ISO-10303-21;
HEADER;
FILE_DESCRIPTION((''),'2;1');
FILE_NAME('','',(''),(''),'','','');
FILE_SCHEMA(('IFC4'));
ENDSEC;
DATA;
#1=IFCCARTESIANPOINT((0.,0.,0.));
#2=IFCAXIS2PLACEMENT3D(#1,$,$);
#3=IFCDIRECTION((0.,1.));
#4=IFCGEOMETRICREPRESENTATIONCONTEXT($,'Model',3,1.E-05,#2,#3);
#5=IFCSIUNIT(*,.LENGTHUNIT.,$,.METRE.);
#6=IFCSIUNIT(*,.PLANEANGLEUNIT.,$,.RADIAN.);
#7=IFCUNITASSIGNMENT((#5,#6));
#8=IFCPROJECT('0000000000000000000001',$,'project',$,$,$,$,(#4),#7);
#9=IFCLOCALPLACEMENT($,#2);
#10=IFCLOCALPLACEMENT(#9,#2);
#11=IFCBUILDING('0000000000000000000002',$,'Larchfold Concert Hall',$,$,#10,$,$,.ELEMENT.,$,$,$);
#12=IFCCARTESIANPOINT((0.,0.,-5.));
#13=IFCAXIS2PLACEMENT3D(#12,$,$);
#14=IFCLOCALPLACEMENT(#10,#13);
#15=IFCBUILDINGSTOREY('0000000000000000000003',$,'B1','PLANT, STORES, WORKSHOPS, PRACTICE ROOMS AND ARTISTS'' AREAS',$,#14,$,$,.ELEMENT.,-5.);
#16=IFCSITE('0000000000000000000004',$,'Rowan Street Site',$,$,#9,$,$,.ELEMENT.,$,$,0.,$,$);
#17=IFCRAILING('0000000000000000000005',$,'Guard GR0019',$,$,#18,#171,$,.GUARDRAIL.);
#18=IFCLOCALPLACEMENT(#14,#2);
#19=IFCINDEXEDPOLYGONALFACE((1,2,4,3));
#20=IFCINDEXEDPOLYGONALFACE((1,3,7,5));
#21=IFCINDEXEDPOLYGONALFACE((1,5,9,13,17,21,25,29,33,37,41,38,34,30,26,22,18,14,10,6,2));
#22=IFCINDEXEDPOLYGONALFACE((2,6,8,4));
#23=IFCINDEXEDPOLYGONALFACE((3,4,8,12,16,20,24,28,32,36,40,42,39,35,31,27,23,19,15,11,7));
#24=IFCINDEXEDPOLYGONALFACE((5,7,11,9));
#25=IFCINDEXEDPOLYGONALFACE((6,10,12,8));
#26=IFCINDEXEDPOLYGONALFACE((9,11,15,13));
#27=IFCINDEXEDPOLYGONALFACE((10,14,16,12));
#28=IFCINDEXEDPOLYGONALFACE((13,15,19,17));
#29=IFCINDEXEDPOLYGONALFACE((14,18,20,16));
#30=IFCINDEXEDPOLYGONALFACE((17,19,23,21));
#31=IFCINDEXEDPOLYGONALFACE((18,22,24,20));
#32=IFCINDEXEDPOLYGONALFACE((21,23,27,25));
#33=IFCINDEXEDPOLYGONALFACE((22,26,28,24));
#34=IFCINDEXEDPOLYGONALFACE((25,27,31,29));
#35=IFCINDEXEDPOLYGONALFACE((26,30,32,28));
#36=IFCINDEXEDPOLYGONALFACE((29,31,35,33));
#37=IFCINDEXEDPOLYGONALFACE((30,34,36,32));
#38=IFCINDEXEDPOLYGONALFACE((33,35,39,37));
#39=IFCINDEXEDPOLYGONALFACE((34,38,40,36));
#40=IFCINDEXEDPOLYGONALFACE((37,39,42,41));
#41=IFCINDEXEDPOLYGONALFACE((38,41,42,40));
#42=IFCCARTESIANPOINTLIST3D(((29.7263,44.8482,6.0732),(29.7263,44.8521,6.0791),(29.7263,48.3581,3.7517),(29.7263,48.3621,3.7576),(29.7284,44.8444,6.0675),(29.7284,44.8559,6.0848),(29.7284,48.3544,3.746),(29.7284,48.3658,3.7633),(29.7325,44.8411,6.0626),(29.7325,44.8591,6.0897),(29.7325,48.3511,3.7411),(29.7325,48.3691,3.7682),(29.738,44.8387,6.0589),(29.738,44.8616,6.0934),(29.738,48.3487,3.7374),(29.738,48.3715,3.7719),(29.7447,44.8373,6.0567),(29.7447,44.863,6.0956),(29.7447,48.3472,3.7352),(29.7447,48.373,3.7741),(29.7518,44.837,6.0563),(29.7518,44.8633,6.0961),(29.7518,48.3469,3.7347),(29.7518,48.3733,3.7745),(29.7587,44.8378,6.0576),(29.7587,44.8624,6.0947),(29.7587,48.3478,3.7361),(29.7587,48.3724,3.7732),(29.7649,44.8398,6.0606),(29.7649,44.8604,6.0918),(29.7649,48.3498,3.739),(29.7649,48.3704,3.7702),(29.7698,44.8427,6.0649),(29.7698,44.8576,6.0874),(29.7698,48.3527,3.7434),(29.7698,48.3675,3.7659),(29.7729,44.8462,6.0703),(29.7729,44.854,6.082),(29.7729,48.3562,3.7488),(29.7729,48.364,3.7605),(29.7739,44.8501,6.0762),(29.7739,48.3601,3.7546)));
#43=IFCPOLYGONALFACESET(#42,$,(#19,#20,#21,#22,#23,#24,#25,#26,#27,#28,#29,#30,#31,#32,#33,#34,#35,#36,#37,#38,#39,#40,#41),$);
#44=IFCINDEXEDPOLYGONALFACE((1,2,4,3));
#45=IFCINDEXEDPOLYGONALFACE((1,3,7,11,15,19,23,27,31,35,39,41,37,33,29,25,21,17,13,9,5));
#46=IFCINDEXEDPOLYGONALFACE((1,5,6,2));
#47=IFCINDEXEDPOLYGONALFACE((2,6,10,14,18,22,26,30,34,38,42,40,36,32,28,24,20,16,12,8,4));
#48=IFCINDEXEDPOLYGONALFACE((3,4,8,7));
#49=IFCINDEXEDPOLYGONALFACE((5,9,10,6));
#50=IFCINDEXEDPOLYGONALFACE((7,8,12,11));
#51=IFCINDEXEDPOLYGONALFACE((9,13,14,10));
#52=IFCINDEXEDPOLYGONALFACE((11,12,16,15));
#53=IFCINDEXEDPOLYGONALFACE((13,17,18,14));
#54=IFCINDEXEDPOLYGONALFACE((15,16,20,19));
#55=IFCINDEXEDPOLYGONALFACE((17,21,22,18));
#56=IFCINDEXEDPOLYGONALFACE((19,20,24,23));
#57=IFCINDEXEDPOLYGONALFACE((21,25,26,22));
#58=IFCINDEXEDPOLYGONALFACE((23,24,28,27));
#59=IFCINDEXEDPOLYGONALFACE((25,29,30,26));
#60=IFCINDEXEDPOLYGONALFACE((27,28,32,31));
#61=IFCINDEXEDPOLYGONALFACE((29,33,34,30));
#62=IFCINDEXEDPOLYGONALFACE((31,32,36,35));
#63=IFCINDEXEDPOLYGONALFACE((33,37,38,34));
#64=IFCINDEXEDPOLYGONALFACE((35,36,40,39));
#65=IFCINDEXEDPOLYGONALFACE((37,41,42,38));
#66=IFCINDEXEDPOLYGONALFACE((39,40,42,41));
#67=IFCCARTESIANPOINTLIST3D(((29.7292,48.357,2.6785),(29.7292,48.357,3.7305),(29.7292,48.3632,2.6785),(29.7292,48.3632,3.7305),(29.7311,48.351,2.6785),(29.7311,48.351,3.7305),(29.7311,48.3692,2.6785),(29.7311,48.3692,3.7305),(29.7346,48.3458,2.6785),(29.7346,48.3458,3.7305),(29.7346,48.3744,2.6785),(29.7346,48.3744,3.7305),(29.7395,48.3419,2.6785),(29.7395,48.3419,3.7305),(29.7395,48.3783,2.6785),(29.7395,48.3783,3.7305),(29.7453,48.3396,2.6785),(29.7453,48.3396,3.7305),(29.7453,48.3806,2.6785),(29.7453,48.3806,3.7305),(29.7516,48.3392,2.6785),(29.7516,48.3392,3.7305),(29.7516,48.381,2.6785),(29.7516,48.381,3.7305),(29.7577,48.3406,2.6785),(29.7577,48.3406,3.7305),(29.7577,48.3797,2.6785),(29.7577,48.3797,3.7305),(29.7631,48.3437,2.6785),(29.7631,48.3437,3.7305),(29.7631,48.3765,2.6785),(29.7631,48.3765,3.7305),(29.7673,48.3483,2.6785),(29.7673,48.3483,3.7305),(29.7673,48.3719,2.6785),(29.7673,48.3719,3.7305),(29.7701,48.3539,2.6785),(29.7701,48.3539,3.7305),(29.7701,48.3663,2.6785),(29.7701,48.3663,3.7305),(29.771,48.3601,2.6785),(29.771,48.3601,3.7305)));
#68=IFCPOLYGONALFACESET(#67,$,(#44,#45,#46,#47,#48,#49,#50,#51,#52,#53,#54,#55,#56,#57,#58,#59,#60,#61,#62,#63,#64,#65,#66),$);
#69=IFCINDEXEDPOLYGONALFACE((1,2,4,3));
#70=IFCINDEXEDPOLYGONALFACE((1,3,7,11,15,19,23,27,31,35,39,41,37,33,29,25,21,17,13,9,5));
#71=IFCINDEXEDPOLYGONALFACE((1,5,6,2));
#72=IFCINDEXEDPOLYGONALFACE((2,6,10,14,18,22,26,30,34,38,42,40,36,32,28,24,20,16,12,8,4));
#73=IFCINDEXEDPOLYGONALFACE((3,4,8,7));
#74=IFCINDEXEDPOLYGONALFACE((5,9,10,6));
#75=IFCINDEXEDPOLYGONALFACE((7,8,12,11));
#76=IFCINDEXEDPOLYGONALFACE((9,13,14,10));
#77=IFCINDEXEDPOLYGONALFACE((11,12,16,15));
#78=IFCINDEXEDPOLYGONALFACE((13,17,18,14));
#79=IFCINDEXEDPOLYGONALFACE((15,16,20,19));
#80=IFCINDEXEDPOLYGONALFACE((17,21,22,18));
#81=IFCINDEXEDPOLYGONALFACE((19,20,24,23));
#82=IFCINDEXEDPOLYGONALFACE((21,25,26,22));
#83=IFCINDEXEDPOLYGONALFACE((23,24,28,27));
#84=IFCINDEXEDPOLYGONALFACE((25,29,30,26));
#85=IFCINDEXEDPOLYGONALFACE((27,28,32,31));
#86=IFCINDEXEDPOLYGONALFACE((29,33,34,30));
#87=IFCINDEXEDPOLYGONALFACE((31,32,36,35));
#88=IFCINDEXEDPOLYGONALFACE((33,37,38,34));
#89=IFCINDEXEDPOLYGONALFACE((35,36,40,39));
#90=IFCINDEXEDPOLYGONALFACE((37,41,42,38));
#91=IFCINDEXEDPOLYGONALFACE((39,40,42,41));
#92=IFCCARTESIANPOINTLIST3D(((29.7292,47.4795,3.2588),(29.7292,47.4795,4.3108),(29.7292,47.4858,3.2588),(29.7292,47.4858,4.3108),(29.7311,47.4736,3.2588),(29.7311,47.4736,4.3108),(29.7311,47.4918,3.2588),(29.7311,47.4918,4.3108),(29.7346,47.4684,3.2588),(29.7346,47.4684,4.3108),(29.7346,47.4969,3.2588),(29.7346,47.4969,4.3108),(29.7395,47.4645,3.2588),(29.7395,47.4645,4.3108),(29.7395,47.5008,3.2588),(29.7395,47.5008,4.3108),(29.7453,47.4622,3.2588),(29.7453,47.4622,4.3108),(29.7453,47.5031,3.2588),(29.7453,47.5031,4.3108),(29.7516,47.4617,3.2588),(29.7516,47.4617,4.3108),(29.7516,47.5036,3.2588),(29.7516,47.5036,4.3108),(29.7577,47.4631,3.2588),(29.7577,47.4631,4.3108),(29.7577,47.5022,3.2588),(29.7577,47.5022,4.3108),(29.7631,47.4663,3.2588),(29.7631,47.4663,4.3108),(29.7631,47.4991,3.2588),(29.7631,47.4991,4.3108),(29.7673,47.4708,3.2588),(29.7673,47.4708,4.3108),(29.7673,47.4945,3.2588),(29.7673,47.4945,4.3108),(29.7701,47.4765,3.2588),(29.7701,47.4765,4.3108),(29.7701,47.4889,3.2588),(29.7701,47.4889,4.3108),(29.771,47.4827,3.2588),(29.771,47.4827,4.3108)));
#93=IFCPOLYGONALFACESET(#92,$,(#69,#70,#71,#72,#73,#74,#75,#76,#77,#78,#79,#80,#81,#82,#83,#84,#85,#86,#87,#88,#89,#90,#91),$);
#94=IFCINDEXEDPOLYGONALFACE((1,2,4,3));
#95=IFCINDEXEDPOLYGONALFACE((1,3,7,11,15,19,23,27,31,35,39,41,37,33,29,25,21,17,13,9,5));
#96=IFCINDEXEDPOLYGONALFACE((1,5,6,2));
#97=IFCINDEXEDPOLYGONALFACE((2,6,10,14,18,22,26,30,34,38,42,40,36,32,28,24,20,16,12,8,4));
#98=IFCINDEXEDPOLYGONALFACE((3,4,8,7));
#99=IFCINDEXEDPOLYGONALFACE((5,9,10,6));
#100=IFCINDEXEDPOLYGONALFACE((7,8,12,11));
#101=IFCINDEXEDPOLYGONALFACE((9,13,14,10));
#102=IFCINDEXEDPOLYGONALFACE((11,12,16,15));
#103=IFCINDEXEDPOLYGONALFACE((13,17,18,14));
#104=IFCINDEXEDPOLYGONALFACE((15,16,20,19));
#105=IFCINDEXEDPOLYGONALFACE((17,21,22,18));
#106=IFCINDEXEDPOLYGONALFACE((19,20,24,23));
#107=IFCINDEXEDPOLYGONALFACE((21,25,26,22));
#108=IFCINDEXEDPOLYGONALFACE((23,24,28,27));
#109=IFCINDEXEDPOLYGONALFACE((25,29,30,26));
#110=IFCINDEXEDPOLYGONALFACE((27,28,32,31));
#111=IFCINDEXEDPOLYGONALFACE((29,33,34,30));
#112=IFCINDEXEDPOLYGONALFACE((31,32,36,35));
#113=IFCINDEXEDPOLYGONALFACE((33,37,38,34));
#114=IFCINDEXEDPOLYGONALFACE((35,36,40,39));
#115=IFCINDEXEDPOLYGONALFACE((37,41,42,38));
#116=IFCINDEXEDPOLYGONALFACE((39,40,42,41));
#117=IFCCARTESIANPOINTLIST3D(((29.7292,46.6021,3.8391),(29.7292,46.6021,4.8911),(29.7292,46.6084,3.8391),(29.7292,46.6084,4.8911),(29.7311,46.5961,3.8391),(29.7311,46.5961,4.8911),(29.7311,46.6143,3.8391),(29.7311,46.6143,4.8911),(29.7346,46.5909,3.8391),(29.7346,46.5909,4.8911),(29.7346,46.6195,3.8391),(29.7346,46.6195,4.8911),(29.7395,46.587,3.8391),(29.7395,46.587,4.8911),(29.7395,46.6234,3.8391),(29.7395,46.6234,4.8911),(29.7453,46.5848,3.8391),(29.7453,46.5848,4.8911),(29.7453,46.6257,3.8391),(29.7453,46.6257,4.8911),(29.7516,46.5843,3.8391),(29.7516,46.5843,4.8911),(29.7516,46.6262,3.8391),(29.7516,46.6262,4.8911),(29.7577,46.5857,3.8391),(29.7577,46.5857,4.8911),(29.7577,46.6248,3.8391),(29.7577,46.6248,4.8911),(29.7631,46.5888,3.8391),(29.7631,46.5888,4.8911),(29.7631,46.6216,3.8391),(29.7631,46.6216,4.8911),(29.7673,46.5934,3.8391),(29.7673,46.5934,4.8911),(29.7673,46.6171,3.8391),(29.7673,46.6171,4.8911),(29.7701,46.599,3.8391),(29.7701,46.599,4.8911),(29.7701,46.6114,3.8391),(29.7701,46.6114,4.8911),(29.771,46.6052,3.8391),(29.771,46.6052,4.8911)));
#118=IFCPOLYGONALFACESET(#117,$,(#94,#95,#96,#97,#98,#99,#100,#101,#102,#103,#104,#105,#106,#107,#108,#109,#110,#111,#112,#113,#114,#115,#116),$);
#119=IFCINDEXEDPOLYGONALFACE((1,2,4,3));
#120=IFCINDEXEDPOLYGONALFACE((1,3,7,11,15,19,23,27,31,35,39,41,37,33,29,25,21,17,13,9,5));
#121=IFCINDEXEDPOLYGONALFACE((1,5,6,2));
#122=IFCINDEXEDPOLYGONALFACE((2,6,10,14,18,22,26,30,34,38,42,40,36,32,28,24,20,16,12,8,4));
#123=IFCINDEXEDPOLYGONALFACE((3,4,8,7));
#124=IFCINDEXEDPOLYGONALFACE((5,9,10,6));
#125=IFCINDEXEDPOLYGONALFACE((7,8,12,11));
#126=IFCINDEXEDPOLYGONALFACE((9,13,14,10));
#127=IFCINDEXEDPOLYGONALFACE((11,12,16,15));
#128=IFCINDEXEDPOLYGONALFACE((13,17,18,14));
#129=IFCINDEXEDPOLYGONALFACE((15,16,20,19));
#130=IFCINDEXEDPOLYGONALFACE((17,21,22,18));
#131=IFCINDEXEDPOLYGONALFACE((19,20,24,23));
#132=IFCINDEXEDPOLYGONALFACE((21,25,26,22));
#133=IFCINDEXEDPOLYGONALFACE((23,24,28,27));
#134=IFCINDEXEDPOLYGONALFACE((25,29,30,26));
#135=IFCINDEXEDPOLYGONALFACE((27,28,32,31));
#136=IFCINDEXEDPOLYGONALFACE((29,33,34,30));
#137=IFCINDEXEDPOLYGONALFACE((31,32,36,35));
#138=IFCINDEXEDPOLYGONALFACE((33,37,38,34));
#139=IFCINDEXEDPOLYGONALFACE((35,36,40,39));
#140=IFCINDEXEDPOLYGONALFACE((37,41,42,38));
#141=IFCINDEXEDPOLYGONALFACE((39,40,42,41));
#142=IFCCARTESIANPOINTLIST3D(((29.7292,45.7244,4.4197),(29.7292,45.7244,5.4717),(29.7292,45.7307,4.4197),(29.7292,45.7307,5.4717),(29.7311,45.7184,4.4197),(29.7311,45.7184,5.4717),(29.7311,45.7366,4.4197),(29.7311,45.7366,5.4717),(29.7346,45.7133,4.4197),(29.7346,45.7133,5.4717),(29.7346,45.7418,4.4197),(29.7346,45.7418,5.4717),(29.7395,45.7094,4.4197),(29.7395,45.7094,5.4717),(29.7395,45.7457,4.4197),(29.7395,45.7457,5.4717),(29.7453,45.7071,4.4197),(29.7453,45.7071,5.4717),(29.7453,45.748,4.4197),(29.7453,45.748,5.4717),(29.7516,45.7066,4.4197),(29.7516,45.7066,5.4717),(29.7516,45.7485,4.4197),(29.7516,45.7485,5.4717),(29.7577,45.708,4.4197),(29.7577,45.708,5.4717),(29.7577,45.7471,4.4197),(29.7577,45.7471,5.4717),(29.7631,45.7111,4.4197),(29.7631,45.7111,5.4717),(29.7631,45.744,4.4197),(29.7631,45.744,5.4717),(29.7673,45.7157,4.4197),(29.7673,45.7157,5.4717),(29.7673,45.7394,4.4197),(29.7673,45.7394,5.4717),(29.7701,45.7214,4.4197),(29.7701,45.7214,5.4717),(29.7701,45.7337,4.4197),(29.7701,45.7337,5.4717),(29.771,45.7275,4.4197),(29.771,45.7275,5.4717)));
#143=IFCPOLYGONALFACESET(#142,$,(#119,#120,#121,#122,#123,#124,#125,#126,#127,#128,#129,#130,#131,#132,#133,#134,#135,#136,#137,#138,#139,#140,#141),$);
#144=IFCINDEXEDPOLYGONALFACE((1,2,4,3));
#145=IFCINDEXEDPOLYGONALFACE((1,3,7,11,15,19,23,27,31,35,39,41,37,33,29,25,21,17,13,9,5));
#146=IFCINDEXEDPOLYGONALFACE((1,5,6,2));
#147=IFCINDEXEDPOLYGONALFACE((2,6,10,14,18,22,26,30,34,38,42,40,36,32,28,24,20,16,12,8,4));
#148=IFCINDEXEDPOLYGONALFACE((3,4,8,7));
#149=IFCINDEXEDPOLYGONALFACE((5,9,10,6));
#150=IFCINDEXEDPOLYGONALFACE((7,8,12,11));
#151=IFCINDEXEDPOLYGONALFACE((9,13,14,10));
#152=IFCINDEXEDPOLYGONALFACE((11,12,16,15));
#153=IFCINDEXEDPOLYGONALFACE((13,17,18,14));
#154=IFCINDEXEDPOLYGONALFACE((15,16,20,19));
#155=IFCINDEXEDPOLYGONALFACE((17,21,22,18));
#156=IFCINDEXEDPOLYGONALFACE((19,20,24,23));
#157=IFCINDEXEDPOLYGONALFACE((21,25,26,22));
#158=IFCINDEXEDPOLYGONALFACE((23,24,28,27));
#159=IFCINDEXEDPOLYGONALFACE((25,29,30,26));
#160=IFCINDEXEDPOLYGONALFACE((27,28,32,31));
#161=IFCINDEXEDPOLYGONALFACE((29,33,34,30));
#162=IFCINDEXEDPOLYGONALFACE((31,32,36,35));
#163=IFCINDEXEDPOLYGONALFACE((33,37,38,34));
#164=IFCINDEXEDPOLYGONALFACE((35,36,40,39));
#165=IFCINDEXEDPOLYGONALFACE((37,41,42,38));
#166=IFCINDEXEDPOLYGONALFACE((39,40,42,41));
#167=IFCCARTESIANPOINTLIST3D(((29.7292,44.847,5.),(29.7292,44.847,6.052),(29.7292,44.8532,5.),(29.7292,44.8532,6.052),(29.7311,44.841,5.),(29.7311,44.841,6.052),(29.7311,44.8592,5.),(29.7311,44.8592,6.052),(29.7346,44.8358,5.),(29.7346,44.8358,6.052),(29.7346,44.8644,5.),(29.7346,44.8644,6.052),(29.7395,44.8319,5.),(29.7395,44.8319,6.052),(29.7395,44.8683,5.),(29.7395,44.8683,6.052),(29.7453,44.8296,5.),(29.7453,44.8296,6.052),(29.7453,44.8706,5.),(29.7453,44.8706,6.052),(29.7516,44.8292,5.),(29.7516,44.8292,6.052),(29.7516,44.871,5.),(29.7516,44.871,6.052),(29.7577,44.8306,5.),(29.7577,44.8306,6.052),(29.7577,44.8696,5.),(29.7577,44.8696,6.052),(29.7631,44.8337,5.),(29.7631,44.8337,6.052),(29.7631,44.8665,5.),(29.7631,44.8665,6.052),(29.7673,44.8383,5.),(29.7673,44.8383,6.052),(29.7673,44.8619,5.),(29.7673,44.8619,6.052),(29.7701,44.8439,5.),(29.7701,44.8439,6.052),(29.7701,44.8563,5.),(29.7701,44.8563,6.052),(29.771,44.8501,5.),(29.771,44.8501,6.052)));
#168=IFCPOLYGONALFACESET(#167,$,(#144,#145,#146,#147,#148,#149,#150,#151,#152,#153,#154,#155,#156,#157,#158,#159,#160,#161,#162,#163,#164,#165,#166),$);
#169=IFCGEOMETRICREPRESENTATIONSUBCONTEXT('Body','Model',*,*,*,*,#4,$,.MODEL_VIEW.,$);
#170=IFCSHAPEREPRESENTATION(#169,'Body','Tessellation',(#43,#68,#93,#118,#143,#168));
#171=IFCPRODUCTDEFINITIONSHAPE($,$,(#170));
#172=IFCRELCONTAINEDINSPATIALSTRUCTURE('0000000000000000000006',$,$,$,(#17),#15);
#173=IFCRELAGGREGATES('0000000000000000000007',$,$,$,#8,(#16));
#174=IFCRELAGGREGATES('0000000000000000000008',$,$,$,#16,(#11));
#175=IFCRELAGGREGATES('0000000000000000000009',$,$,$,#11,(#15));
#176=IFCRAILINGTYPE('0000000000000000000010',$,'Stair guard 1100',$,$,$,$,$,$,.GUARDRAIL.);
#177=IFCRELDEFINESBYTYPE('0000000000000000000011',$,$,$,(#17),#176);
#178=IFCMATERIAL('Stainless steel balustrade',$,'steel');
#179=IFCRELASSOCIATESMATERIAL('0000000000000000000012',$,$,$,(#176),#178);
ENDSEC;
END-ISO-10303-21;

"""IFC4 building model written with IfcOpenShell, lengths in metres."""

from ifc_helpers import new_model, si_unit, direction, frame, origin, origin_2d, place, context, subcontext, project, spatial, circle, extrude, material, type_object, element, save


model = new_model("IFC4")

# Units and contexts
model_context = context("Model", 3, precision=1e-05, world=origin(), true_north=direction((0.0, 1.0)))
body_context = subcontext(model_context, "Body", "Model", "MODEL_VIEW")
ifc_project = project(units=[si_unit("LENGTHUNIT", "METRE"), si_unit("PLANEANGLEUNIT", "RADIAN")], contexts=[model_context])

# Site, building, storey
site_placement = place(None, origin())
site = spatial("IfcSite", under=ifc_project, at=site_placement, Name="Rowan Street Site", CompositionType="ELEMENT", RefElevation=0.0)
building_placement = place(site_placement, origin())
building = spatial("IfcBuilding", under=site, at=building_placement, Name="Larchfold Concert Hall", CompositionType="ELEMENT")
storey_placement = place(building_placement, frame((0.0, 0.0, -5.0)))
storey = spatial("IfcBuildingStorey", under=building, at=storey_placement, Name="B1", Description="PLANT, STORES, WORKSHOPS, PRACTICE ROOMS AND ARTISTS' AREAS", CompositionType="ELEMENT", Elevation=-5.0)

# Railing
ifc_material_1 = material(Name="Stainless steel balustrade", Category="steel")
railing_type_1 = type_object("IfcRailingType", Name="Stair guard 1100", PredefinedType="GUARDRAIL", material=ifc_material_1)
railing_1_placement = place(storey_placement, frame((29.75, 48.3601, 2.6785)))
element("IfcRailing", 1, at=railing_1_placement, inside=storey, type_object=railing_type_1, Name="Guard GR0019", PredefinedType="GUARDRAIL", context=body_context, shape_type="SweptSolid", body=[
    extrude(circle(Radius=0.0239, at=origin_2d()), frame((0.0, 0.0, 1.0762), z_axis=(0.0, -0.834071, 0.551657), x_axis=(1.0, 0.0, 0.0)), (0.0, 0.0, 1.0), 4.2083),
    extrude(circle(Radius=0.021, at=origin_2d()), origin(), (0.0, 0.0, 1.0), 1.052),
    extrude(circle(Radius=0.021, at=origin_2d()), frame((0.0, -0.8774, 0.5803)), (0.0, 0.0, 1.0), 1.052),
    extrude(circle(Radius=0.021, at=origin_2d()), frame((0.0, -1.7549, 1.1606)), (0.0, 0.0, 1.0), 1.052),
    extrude(circle(Radius=0.021, at=origin_2d()), frame((0.0, -2.6326, 1.7412)), (0.0, 0.0, 1.0), 1.052),
    extrude(circle(Radius=0.021, at=origin_2d()), frame((0.0, -3.51, 2.3215)), (0.0, 0.0, 1.0), 1.052),
])

save(model, "model.ifc")
